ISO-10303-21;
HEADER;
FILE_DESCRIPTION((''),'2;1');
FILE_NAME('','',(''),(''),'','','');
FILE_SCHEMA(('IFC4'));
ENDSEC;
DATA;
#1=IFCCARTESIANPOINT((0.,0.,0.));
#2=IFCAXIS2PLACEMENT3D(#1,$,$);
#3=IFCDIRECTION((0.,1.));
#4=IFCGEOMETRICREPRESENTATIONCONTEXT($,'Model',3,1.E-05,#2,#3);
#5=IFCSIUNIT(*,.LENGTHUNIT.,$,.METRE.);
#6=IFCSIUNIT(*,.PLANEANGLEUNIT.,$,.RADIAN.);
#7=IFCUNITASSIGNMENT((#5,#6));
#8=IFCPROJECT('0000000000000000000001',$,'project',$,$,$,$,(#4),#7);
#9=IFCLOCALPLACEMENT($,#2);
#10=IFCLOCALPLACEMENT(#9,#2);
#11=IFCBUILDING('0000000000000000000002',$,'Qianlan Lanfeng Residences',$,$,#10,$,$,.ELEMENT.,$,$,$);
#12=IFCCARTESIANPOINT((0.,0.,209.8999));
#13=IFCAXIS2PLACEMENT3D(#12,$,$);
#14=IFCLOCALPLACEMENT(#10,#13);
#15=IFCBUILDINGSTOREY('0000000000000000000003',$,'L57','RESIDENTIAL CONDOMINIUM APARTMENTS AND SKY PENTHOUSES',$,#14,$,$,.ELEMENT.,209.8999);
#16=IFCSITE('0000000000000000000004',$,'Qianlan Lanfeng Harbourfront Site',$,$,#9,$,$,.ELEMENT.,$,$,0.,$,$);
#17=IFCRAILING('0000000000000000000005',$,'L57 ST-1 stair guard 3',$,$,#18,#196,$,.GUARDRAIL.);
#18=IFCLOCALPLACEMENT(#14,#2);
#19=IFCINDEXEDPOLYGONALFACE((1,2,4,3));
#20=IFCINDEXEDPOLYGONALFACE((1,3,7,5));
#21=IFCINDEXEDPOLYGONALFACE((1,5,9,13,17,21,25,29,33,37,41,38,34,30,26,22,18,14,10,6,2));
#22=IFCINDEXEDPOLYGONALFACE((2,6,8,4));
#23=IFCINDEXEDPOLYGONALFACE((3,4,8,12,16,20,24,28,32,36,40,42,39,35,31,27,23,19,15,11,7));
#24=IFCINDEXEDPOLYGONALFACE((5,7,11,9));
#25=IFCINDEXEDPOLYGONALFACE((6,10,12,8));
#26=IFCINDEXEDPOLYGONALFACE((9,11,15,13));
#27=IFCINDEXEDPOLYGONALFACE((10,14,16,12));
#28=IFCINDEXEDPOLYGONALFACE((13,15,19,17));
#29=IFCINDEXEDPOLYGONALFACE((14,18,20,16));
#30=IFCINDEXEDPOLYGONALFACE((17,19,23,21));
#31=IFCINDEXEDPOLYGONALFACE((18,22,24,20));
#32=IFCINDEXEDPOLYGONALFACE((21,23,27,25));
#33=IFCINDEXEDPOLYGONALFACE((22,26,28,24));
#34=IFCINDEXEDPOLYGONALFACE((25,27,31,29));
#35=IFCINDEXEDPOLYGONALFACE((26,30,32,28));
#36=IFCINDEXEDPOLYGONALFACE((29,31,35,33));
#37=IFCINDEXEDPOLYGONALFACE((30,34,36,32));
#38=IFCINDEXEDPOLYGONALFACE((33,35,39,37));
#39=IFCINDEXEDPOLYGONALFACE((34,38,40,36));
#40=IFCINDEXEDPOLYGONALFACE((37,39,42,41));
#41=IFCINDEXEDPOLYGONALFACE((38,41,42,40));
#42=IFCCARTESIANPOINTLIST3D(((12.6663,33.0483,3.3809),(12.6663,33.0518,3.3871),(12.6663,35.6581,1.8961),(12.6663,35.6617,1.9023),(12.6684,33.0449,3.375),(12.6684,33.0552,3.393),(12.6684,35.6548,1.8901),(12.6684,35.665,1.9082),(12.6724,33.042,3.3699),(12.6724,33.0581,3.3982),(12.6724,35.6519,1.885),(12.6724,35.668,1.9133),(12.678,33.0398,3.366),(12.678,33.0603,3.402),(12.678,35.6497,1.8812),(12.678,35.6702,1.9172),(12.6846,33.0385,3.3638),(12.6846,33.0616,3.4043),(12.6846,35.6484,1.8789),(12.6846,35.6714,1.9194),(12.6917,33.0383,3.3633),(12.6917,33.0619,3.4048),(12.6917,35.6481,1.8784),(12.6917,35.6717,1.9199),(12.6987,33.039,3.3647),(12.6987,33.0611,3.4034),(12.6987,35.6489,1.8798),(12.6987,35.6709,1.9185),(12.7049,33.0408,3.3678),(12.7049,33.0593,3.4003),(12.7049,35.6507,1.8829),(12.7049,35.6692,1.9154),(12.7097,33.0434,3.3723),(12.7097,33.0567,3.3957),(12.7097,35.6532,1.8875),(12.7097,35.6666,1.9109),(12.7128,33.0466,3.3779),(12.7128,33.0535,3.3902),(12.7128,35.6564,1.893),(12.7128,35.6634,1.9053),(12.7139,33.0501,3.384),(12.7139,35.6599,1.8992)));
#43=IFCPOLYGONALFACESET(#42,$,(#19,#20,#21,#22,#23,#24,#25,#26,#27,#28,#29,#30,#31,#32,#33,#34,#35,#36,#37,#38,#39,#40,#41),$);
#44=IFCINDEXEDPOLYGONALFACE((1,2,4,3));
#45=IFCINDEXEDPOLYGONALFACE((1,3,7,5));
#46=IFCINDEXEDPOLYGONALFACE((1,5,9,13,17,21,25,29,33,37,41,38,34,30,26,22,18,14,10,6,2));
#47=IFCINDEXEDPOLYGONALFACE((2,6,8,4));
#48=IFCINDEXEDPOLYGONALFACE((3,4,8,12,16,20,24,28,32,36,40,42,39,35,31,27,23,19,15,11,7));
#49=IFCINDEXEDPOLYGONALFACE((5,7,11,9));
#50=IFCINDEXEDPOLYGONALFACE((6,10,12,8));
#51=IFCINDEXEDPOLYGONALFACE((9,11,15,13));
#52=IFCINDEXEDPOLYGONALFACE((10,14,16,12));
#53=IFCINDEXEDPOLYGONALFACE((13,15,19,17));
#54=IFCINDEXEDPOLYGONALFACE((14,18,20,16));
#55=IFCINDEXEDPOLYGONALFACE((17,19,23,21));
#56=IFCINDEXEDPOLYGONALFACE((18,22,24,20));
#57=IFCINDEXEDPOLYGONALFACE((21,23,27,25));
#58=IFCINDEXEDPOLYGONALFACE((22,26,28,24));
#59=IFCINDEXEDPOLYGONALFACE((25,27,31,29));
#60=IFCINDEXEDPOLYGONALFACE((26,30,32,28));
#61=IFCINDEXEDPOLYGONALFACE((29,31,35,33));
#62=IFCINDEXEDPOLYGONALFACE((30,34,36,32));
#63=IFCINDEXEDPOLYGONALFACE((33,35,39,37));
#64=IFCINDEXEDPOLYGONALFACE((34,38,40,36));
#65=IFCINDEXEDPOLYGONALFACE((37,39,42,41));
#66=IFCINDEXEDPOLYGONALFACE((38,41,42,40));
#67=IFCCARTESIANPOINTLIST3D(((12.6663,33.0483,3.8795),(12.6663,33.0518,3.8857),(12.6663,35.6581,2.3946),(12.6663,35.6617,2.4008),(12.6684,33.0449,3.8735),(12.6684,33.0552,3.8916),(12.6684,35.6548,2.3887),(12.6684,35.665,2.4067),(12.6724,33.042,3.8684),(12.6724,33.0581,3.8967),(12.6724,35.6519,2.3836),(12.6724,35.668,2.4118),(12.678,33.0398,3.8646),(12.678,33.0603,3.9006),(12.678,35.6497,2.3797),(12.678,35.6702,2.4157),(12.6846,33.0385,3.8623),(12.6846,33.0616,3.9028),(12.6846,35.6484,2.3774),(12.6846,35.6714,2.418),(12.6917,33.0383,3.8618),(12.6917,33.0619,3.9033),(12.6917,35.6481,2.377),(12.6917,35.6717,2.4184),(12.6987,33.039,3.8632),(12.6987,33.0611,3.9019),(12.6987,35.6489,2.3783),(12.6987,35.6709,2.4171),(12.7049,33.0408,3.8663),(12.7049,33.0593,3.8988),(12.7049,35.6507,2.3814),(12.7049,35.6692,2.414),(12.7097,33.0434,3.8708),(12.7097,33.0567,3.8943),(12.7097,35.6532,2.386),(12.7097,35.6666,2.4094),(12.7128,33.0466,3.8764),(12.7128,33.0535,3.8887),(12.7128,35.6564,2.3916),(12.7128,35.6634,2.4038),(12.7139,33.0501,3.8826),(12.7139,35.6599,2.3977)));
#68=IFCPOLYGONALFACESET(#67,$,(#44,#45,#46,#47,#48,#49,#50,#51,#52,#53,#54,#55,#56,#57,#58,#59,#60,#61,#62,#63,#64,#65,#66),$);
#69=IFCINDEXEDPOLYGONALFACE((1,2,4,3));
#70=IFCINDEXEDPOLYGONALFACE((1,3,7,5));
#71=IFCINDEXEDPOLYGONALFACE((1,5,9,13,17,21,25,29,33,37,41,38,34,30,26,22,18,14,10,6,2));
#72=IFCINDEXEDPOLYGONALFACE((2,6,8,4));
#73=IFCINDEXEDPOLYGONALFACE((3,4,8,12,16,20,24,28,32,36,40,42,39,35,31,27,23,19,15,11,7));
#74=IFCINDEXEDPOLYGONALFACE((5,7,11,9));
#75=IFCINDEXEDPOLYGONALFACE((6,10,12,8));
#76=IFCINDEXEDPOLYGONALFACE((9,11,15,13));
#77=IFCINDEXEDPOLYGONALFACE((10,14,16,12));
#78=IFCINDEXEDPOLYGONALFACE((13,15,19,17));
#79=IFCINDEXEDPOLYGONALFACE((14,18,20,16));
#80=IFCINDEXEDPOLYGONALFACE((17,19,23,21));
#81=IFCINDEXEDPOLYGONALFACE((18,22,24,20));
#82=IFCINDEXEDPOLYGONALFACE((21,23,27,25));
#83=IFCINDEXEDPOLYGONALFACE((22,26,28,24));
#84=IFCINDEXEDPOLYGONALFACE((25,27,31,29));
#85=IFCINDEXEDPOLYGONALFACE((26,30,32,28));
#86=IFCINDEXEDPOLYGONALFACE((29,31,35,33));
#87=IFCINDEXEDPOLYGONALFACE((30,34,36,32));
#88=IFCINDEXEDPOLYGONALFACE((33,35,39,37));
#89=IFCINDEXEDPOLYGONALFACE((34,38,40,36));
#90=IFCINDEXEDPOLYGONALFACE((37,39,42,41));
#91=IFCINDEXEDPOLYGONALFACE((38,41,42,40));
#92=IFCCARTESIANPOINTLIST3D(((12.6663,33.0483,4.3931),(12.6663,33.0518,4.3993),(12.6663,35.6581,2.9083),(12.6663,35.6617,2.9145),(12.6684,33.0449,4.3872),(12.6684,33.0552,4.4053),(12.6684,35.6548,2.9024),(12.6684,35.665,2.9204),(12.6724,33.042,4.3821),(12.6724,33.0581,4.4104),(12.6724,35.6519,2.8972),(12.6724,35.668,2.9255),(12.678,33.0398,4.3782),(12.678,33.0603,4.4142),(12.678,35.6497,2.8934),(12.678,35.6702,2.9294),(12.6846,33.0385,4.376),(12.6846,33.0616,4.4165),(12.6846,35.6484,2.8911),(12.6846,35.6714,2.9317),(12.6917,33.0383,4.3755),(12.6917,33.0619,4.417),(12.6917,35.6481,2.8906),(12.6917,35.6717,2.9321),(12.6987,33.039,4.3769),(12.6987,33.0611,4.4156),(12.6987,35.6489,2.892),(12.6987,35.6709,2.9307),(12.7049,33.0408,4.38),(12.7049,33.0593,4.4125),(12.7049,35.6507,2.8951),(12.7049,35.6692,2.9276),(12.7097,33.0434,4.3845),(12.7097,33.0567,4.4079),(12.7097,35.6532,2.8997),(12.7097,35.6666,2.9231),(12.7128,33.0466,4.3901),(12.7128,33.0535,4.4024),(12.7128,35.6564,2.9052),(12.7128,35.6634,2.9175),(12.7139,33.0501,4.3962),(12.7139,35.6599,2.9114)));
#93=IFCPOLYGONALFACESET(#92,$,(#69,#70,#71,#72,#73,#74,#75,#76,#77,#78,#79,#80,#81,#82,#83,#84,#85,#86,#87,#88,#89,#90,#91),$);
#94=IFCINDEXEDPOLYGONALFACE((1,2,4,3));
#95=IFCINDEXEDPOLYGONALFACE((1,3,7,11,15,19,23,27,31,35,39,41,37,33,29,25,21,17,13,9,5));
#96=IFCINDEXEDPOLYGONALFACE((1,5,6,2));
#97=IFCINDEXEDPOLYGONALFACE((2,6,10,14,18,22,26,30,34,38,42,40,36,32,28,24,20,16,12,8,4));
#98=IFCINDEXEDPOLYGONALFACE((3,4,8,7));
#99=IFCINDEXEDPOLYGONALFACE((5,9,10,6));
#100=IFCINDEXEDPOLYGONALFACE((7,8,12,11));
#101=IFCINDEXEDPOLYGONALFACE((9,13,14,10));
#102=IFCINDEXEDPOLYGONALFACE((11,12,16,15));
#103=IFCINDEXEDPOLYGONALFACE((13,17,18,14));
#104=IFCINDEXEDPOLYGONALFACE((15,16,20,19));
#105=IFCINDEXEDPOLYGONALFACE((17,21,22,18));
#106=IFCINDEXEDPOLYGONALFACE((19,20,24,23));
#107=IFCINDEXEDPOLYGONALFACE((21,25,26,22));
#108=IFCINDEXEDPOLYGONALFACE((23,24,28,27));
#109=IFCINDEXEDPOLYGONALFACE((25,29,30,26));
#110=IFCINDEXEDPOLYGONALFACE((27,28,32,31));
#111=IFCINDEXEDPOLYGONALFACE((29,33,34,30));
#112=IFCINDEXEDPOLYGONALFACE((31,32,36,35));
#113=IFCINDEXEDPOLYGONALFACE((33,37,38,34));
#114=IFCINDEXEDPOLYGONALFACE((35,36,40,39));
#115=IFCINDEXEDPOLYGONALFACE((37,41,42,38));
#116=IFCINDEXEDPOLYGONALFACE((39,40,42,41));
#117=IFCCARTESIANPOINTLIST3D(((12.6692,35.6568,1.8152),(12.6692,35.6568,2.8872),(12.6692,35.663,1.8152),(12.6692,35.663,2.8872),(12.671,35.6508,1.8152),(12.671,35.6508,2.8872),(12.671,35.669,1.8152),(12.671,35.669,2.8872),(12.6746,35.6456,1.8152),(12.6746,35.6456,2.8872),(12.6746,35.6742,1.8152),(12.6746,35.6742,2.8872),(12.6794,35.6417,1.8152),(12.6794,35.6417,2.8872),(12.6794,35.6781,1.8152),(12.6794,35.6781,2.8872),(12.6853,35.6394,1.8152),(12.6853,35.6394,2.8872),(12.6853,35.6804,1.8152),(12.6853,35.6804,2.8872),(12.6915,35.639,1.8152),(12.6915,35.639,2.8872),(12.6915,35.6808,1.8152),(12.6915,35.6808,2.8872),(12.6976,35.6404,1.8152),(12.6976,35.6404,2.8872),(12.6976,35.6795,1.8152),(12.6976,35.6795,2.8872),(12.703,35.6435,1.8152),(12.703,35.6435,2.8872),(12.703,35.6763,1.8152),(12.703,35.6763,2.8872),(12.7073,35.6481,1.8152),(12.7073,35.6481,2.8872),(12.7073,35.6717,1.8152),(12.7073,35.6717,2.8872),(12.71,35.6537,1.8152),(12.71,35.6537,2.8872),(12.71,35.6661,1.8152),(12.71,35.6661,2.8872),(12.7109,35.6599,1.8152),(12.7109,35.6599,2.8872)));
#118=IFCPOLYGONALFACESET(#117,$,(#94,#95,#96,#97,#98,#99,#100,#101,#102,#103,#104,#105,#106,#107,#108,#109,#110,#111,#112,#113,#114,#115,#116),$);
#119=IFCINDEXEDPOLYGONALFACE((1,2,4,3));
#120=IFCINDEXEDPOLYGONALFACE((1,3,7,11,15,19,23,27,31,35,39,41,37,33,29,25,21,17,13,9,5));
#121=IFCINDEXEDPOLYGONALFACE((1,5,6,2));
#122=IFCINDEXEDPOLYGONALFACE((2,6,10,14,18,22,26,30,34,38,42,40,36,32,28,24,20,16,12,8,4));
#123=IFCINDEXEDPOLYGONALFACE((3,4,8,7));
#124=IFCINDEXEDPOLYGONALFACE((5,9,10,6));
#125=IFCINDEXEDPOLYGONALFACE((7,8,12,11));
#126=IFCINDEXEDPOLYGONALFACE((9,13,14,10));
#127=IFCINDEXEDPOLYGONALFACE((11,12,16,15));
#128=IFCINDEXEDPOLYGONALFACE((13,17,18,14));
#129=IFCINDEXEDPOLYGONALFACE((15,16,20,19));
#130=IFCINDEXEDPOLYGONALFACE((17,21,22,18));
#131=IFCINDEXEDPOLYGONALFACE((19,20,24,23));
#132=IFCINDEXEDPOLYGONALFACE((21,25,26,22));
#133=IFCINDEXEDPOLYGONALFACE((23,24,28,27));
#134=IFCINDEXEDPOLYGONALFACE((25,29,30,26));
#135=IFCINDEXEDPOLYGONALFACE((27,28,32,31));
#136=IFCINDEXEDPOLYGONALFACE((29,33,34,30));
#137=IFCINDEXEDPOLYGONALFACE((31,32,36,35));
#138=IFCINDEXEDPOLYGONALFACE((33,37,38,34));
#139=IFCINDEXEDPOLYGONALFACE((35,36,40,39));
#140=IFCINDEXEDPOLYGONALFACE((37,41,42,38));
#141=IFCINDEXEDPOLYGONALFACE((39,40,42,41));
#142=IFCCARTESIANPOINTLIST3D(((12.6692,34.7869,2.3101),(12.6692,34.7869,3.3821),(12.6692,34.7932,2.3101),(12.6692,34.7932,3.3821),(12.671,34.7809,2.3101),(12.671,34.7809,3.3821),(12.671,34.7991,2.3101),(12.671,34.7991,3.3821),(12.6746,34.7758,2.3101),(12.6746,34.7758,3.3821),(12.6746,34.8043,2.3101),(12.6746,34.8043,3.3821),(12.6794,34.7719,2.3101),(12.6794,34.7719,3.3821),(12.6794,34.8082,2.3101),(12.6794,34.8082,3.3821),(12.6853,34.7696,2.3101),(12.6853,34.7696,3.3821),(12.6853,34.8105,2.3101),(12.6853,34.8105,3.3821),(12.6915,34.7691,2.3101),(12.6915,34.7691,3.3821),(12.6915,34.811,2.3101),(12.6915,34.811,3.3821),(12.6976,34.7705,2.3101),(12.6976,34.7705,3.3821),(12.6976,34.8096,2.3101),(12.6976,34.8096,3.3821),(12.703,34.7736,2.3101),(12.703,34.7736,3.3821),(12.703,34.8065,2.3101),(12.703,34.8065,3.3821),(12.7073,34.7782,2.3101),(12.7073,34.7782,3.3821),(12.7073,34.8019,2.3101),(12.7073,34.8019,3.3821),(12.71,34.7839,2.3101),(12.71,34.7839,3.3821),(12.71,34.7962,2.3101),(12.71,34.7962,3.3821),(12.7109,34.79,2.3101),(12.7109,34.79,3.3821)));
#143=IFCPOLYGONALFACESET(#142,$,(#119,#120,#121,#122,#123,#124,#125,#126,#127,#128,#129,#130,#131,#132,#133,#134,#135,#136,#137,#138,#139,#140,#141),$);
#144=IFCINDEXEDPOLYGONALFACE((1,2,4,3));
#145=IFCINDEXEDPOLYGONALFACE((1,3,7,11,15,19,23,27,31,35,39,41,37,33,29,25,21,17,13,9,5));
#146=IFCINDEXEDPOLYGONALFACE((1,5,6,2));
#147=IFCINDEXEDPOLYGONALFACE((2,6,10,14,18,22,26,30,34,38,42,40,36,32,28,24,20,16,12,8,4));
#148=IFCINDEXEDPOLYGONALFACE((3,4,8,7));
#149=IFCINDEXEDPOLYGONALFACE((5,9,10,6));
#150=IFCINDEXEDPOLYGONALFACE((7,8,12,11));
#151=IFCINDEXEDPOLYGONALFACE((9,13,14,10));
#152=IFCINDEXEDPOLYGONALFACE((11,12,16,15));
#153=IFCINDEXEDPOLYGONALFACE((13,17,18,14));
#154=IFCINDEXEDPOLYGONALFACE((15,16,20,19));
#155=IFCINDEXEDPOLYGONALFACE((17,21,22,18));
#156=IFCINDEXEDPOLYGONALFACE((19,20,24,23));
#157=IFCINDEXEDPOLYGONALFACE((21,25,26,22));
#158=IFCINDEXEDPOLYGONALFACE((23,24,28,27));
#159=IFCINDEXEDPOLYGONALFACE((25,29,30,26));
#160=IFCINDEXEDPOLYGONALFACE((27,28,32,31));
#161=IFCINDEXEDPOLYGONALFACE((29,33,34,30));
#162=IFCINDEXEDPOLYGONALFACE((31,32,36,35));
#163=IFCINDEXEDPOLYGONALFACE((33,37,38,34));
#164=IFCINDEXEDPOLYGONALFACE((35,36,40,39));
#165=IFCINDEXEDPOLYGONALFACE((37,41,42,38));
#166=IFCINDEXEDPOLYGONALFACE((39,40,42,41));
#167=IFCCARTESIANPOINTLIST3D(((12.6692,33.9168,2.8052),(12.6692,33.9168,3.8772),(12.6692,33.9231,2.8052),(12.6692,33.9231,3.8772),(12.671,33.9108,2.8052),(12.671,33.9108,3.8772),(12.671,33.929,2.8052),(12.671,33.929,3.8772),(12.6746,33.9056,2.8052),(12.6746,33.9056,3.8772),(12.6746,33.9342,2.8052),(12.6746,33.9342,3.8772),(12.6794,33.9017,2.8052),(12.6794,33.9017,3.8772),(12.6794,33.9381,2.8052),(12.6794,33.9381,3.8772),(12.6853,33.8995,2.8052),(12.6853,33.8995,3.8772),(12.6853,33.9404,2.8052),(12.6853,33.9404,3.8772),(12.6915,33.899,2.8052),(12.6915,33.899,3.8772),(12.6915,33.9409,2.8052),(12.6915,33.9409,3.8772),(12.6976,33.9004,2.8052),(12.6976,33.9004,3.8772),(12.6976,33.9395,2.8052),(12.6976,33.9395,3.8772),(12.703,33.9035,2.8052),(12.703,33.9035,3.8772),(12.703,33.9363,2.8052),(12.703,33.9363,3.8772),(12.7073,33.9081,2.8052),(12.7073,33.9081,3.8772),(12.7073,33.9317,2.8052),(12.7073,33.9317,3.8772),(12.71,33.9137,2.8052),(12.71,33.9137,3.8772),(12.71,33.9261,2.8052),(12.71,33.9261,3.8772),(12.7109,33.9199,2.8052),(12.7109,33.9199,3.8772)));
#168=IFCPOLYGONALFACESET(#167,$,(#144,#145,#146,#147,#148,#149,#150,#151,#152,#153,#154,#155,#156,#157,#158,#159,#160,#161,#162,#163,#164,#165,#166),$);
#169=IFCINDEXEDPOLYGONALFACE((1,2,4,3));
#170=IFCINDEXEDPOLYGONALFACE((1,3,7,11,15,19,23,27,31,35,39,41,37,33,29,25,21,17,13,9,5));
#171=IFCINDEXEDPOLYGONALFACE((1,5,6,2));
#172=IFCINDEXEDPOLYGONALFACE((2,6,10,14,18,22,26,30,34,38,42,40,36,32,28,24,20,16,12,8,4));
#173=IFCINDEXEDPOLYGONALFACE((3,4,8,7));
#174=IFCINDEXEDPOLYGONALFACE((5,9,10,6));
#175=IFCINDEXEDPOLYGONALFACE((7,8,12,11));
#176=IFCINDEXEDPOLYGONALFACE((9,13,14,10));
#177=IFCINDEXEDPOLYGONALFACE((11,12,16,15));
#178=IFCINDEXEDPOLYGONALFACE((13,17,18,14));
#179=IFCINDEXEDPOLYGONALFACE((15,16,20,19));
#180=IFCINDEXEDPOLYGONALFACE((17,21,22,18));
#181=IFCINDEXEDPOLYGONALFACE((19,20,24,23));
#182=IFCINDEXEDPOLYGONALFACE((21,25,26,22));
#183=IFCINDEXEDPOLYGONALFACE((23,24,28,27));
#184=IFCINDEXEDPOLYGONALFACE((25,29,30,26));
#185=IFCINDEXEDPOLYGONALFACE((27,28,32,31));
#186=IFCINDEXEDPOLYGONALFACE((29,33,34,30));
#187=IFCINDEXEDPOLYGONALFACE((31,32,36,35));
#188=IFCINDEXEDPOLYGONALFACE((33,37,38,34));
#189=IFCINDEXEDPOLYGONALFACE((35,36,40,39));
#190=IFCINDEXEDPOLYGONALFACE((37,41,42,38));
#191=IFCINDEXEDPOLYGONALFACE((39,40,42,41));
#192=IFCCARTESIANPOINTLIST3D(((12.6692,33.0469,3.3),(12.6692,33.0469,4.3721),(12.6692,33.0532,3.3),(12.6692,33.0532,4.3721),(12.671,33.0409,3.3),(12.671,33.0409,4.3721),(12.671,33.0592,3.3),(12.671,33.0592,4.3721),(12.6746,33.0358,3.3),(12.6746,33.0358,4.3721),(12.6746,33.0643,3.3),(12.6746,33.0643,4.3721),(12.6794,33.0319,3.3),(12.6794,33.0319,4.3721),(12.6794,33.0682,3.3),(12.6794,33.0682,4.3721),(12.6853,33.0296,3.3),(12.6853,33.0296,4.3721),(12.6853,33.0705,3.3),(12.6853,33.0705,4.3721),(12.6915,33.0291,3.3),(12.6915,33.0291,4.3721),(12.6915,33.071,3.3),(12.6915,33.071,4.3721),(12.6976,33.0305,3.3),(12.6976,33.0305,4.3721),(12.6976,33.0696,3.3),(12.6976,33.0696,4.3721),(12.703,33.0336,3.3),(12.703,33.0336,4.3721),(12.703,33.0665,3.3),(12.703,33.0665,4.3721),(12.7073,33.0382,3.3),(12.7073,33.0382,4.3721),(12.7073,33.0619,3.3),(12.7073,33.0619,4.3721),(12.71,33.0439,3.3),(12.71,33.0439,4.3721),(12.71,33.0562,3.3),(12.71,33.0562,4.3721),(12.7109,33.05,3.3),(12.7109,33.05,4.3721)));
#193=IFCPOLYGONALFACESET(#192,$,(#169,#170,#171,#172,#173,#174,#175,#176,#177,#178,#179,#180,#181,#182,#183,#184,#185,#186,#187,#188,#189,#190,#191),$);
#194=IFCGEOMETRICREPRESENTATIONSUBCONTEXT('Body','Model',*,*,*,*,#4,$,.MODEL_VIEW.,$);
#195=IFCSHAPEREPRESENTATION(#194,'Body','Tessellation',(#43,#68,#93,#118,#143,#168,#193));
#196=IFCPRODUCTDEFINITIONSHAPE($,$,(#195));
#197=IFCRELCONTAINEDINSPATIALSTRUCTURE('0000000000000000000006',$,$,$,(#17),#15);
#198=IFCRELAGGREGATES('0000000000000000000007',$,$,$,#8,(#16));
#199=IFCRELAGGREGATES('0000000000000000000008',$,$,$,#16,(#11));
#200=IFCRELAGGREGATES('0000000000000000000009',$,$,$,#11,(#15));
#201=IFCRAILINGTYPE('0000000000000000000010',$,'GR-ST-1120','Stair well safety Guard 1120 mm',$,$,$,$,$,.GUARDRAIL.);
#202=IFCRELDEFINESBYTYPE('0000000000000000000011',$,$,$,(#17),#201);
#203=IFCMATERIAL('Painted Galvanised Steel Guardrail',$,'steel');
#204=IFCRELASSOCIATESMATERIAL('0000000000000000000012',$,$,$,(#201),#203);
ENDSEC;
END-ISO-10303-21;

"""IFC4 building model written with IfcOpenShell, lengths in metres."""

from ifc_helpers import new_model, si_unit, direction, frame, origin, origin_2d, place, context, subcontext, project, spatial, circle, extrude, material, type_object, element, save


model = new_model("IFC4")

# Units and contexts
model_context = context("Model", 3, precision=1e-05, world=origin(), true_north=direction((0.0, 1.0)))
body_context = subcontext(model_context, "Body", "Model", "MODEL_VIEW")
ifc_project = project(units=[si_unit("LENGTHUNIT", "METRE"), si_unit("PLANEANGLEUNIT", "RADIAN")], contexts=[model_context])

# Site, building, storey
site_placement = place(None, origin())
site = spatial("IfcSite", under=ifc_project, at=site_placement, Name="Qianlan Lanfeng Harbourfront Site", CompositionType="ELEMENT", RefElevation=0.0)
building_placement = place(site_placement, origin())
building = spatial("IfcBuilding", under=site, at=building_placement, Name="Qianlan Lanfeng Residences", CompositionType="ELEMENT")
storey_placement = place(building_placement, frame((0.0, 0.0, 209.8999)))
storey = spatial("IfcBuildingStorey", under=building, at=storey_placement, Name="L57", Description="RESIDENTIAL CONDOMINIUM APARTMENTS AND SKY PENTHOUSES", CompositionType="ELEMENT", Elevation=209.8999)

# Railing
ifc_material_1 = material(Name="Painted Galvanised Steel Guardrail", Category="steel")
railing_type_1 = type_object("IfcRailingType", Name="GR-ST-1120", Description="Stair well safety Guard 1120 mm", PredefinedType="GUARDRAIL", material=ifc_material_1)
railing_1_placement = place(storey_placement, frame((12.6899, 35.6599, 1.8152)))
element("IfcRailing", 1, at=railing_1_placement, inside=storey, type_object=railing_type_1, Name="L57 ST-1 stair guard 3", PredefinedType="GUARDRAIL", context=body_context, shape_type="SweptSolid", body=[
    extrude(circle(Radius=0.0239, at=origin_2d()), frame((0.0, 0.0, 0.084), z_axis=(0.0, -0.869172, 0.494509), x_axis=(1.0, 0.0, 0.0)), (0.0, 0.0, 1.0), 3.0027),
    extrude(circle(Radius=0.0239, at=origin_2d()), frame((0.0, 0.0, 0.5825), z_axis=(0.0, -0.869172, 0.494509), x_axis=(1.0, 0.0, 0.0)), (0.0, 0.0, 1.0), 3.0027),
    extrude(circle(Radius=0.0239, at=origin_2d()), frame((0.0, 0.0, 1.0962), z_axis=(0.0, -0.869172, 0.494509), x_axis=(1.0, 0.0, 0.0)), (0.0, 0.0, 1.0), 3.0027),
    extrude(circle(Radius=0.021, at=origin_2d()), origin(), (0.0, 0.0, 1.0), 1.072),
    extrude(circle(Radius=0.021, at=origin_2d()), frame((0.0, -0.8699, 0.4949)), (0.0, 0.0, 1.0), 1.072),
    extrude(circle(Radius=0.021, at=origin_2d()), frame((0.0, -1.74, 0.99)), (0.0, 0.0, 1.0), 1.072),
    extrude(circle(Radius=0.021, at=origin_2d()), frame((0.0, -2.6099, 1.4849)), (0.0, 0.0, 1.0), 1.072),
])

save(model, "model.ifc")
